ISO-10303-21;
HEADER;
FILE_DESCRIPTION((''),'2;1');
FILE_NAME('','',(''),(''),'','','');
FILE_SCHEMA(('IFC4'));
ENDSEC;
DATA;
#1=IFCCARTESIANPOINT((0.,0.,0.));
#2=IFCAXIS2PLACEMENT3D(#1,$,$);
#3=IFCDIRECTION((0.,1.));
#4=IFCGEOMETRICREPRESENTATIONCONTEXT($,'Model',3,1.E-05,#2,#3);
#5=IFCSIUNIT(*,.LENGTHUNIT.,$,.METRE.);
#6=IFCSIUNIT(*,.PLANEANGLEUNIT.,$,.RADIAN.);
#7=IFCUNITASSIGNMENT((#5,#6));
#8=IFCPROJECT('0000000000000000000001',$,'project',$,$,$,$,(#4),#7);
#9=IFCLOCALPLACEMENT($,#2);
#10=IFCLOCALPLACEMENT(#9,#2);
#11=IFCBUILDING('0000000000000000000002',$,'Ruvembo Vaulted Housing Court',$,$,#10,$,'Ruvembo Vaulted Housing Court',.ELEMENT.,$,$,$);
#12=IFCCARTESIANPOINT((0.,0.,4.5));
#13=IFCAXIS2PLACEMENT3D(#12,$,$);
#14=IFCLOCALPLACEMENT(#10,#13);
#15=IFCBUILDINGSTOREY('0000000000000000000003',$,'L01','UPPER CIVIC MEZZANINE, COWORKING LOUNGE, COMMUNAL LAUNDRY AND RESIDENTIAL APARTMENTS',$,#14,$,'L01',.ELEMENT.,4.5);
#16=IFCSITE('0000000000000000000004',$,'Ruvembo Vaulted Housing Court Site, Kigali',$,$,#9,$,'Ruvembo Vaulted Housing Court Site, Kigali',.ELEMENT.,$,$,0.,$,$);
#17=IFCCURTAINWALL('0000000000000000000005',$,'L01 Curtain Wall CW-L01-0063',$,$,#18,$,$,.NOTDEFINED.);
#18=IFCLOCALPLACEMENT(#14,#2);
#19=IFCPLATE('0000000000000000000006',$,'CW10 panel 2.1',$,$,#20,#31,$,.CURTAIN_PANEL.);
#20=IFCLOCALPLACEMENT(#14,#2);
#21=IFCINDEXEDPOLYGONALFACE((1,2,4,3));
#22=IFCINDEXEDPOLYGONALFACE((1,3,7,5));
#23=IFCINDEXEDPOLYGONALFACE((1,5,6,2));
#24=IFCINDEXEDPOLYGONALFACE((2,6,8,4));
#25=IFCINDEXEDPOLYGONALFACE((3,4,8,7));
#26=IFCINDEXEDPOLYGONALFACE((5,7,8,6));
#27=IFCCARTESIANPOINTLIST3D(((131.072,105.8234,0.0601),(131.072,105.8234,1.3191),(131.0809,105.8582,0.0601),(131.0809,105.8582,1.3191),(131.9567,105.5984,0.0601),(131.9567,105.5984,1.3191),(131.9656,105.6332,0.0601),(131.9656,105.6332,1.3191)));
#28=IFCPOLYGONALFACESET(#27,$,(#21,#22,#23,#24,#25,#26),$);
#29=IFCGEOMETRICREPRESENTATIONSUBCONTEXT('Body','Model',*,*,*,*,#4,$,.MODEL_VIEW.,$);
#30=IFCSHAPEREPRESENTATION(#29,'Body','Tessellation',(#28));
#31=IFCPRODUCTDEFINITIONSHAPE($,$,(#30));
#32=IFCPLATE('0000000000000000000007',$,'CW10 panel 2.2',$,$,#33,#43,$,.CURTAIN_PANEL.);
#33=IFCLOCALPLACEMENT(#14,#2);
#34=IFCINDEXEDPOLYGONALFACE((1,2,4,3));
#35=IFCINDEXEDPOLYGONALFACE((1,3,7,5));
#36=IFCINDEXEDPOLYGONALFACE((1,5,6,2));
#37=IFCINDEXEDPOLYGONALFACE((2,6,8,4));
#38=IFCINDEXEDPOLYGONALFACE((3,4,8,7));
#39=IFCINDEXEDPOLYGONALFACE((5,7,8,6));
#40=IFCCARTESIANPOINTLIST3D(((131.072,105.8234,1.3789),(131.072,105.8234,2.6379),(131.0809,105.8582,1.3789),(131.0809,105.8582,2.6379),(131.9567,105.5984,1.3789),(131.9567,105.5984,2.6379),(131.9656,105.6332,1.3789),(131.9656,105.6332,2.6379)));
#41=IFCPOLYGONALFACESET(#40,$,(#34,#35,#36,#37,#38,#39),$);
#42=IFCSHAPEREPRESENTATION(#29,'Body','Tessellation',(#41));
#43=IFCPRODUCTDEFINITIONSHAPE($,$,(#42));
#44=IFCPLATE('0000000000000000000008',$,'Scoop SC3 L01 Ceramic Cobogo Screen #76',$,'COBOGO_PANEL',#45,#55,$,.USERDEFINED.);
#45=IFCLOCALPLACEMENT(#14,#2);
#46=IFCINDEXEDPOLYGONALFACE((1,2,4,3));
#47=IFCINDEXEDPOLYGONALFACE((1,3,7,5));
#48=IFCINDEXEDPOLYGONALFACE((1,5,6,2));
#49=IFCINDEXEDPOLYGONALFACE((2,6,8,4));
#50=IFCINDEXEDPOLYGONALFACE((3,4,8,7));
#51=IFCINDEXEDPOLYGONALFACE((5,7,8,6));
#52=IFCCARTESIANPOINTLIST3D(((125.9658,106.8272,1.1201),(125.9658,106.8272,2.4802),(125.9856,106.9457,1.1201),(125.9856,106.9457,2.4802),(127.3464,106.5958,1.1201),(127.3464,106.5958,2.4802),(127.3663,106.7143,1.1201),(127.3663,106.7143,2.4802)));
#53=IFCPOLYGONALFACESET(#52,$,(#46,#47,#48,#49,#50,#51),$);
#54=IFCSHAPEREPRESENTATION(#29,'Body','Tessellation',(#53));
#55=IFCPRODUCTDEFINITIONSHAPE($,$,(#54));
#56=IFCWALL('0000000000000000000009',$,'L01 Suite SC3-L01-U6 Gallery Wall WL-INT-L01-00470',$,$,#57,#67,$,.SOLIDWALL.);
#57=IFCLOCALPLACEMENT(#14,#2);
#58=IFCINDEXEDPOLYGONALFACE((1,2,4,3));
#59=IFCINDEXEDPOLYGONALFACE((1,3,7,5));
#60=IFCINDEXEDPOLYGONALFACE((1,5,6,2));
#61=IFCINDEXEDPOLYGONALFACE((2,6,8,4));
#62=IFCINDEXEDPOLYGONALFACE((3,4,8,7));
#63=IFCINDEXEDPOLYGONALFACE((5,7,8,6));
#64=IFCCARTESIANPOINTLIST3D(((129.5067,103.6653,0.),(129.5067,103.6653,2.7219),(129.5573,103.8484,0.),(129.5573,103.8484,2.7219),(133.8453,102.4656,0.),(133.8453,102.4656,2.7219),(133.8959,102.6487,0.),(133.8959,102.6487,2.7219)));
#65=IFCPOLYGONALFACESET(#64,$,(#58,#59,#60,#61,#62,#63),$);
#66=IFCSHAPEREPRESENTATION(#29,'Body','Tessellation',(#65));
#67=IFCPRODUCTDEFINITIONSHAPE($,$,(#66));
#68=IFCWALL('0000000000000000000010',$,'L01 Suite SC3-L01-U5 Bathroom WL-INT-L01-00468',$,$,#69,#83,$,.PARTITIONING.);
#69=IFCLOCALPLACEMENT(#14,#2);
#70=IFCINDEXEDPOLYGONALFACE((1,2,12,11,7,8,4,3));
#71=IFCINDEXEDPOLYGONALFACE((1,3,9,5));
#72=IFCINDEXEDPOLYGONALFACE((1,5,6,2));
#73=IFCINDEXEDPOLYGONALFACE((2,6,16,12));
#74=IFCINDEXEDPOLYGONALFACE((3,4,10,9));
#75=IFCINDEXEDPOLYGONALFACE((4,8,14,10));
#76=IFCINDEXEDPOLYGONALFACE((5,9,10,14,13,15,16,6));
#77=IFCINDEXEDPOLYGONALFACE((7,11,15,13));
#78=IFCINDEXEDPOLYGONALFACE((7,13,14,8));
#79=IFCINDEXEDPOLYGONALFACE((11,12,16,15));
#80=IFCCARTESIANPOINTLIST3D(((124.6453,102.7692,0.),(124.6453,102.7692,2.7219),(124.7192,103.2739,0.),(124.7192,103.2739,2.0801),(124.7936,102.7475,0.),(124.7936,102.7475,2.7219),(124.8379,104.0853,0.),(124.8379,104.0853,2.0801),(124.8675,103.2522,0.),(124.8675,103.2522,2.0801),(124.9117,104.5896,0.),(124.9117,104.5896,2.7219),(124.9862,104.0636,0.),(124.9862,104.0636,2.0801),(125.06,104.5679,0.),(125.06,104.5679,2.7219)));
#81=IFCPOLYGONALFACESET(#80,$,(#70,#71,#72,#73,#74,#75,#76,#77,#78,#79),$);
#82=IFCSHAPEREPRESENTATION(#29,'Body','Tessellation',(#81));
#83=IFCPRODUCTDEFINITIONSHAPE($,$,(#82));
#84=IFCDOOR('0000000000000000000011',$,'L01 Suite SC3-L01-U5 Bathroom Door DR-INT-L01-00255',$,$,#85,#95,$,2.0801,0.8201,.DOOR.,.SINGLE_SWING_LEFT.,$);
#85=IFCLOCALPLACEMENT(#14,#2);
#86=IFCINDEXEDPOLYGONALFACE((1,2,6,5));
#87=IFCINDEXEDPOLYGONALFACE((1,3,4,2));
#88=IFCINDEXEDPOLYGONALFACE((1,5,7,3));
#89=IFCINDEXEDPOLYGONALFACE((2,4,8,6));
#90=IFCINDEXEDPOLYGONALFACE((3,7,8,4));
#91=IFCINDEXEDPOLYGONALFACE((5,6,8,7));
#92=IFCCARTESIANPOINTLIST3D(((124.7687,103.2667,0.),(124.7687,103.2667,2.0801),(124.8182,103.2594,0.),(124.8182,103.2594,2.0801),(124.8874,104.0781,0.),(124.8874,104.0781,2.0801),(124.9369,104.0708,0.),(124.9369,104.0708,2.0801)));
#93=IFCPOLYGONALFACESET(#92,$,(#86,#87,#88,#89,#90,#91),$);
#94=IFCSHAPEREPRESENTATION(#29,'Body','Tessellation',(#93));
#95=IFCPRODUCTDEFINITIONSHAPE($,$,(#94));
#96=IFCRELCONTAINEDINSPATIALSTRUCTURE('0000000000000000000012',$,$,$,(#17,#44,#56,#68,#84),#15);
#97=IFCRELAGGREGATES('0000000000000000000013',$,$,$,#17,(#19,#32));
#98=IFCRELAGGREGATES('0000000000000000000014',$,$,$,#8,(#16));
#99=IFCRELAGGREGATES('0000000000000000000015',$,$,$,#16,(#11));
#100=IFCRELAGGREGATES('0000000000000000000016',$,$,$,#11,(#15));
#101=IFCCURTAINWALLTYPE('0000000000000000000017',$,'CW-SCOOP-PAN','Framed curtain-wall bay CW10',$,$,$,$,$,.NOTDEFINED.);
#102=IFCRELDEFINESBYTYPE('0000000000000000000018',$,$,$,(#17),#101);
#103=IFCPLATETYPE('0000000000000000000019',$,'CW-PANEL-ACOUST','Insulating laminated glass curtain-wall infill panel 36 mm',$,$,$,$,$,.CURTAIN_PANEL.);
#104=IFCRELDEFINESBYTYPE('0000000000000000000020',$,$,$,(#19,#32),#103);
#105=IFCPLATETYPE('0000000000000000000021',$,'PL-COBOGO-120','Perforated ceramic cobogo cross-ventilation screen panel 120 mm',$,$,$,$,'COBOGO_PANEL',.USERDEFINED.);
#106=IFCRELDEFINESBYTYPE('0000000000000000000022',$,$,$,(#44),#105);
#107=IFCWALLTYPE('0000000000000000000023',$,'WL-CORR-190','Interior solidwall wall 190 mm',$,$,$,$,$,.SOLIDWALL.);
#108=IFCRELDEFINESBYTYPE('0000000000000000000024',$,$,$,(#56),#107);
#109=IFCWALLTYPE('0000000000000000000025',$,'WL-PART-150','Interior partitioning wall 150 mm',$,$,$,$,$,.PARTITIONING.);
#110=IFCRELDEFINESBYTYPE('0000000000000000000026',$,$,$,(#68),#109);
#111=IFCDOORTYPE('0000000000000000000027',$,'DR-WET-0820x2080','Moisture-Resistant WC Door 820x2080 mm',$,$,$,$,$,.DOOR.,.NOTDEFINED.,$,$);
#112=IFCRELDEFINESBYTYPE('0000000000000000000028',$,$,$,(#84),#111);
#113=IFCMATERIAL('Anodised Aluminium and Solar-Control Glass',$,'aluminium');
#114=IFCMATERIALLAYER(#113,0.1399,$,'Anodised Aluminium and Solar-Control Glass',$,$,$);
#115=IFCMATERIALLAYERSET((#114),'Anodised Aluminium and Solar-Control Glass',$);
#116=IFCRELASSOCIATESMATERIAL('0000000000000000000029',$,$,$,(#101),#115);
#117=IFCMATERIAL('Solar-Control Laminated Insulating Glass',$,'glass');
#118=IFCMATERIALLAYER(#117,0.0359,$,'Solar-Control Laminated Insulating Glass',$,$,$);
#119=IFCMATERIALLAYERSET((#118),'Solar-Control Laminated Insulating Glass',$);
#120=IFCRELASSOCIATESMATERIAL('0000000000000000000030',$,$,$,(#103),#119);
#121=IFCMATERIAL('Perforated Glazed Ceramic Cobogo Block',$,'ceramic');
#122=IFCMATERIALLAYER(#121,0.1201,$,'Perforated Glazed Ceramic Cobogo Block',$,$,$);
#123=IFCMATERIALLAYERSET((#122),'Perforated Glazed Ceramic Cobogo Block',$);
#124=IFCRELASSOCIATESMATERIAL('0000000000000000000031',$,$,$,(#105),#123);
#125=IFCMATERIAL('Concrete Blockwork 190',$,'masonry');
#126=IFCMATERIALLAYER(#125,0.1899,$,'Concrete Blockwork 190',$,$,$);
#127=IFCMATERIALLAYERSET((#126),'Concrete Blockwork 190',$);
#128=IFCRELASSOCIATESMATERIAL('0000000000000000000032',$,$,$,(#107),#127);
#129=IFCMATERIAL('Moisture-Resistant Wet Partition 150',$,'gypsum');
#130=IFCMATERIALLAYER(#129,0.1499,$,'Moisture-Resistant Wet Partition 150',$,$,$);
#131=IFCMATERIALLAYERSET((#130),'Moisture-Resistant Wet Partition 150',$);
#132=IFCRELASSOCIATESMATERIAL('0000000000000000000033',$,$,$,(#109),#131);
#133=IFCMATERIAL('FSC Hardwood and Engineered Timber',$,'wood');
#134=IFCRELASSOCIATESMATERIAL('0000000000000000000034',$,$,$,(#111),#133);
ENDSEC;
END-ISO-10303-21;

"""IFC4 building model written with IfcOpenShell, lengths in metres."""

from ifc_helpers import new_model, si_unit, direction, frame, frame_2d, origin, origin_2d, place, context, subcontext, project, spatial, rectangle, extrude, material, layer, layer_set, type_object, element, fill, aggregate, save


model = new_model("IFC4")

# Units and contexts
model_context = context("Model", 3, precision=1e-05, world=origin(), true_north=direction((0.0, 1.0)))
body_context = subcontext(model_context, "Body", "Model", "MODEL_VIEW")
ifc_project = project(units=[si_unit("LENGTHUNIT", "METRE"), si_unit("PLANEANGLEUNIT", "RADIAN")], contexts=[model_context])

# Site, building, storey
site_placement = place(None, origin())
site = spatial("IfcSite", under=ifc_project, at=site_placement, Name="Ruvembo Vaulted Housing Court Site, Kigali", LongName="Ruvembo Vaulted Housing Court Site, Kigali", CompositionType="ELEMENT", RefElevation=0.0)
building_placement = place(site_placement, origin())
building = spatial("IfcBuilding", under=site, at=building_placement, Name="Ruvembo Vaulted Housing Court", LongName="Ruvembo Vaulted Housing Court", CompositionType="ELEMENT")
storey_placement = place(building_placement, frame((0.0, 0.0, 4.5)))
storey = spatial("IfcBuildingStorey", under=building, at=storey_placement, Name="L01", Description="UPPER CIVIC MEZZANINE, COWORKING LOUNGE, COMMUNAL LAUNDRY AND RESIDENTIAL APARTMENTS", LongName="L01", CompositionType="ELEMENT", Elevation=4.5)

# Curtain wall, plates
ifc_material_1 = material(Name="Anodised Aluminium and Solar-Control Glass", Category="aluminium")
ifc_layer_1 = layer(ifc_material_1, 0.1399, Name="Anodised Aluminium and Solar-Control Glass")
ifc_layer_set_1 = layer_set([ifc_layer_1], Name="Anodised Aluminium and Solar-Control Glass")
curtain_wall_type = type_object("IfcCurtainWallType", Name="CW-SCOOP-PAN", Description="Framed curtain-wall bay CW10", PredefinedType="NOTDEFINED", material=ifc_layer_set_1)
curtain_wall_placement = place(storey_placement, origin())
curtain_wall = element("IfcCurtainWall", 1, at=curtain_wall_placement, inside=storey, type_object=curtain_wall_type, Name="L01 Curtain Wall CW-L01-0063", PredefinedType="NOTDEFINED")
ifc_material_2 = material(Name="Solar-Control Laminated Insulating Glass", Category="glass")
ifc_layer_2 = layer(ifc_material_2, 0.0359, Name="Solar-Control Laminated Insulating Glass")
ifc_layer_set_2 = layer_set([ifc_layer_2], Name="Solar-Control Laminated Insulating Glass")
plate_type_1 = type_object("IfcPlateType", Name="CW-PANEL-ACOUST", Description="Insulating laminated glass curtain-wall infill panel 36 mm", PredefinedType="CURTAIN_PANEL", material=ifc_layer_set_2)
plate_1_placement = place(storey_placement, frame((131.5188, 105.7283, 0.0601), z_axis=(0.0, 0.0, 1.0), x_axis=(0.969148, -0.246481, 0.0)))
plate_1 = element("IfcPlate", 2, at=plate_1_placement, type_object=plate_type_1, Name="CW10 panel 2.1", PredefinedType="CURTAIN_PANEL", context=body_context, shape_type="SweptSolid", body=[
    extrude(rectangle(XDim=0.9128, YDim=0.0359, at=origin_2d()), origin(), (0.0, 0.0, 1.0), 1.259),
])
plate_2_placement = place(storey_placement, frame((131.5188, 105.7283, 1.3789), z_axis=(0.0, 0.0, 1.0), x_axis=(0.969148, -0.246481, 0.0)))
plate_2 = element("IfcPlate", 3, at=plate_2_placement, type_object=plate_type_1, Name="CW10 panel 2.2", PredefinedType="CURTAIN_PANEL", context=body_context, shape_type="SweptSolid", body=[
    extrude(rectangle(XDim=0.9128, YDim=0.0359, at=origin_2d()), origin(), (0.0, 0.0, 1.0), 1.259),
])
aggregate(curtain_wall, [plate_1, plate_2])

# Plate
ifc_material_3 = material(Name="Perforated Glazed Ceramic Cobogo Block", Category="ceramic")
ifc_layer_3 = layer(ifc_material_3, 0.1201, Name="Perforated Glazed Ceramic Cobogo Block")
ifc_layer_set_3 = layer_set([ifc_layer_3], Name="Perforated Glazed Ceramic Cobogo Block")
plate_type_2 = type_object("IfcPlateType", Name="PL-COBOGO-120", Description="Perforated ceramic cobogo cross-ventilation screen panel 120 mm", ElementType="COBOGO_PANEL", PredefinedType="USERDEFINED", material=ifc_layer_set_3)
plate_3_placement = place(storey_placement, frame((126.666, 106.7708, 1.1201), z_axis=(0.0, 0.0, 1.0), x_axis=(0.986245, -0.165289, 0.0)))
element("IfcPlate", 4, at=plate_3_placement, inside=storey, type_object=plate_type_2, Name="Scoop SC3 L01 Ceramic Cobogo Screen #76", ObjectType="COBOGO_PANEL", PredefinedType="USERDEFINED", context=body_context, shape_type="SweptSolid", body=[
    extrude(rectangle(XDim=1.3999, YDim=0.1201, at=origin_2d()), origin(), (0.0, 0.0, 1.0), 1.3601),
])

# Shared definitions
ifc_material_4 = material(Name="Concrete Blockwork 190", Category="masonry")
ifc_layer_4 = layer(ifc_material_4, 0.1899, Name="Concrete Blockwork 190")
ifc_layer_set_4 = layer_set([ifc_layer_4], Name="Concrete Blockwork 190")
wall_type_1 = type_object("IfcWallType", Name="WL-CORR-190", Description="Interior solidwall wall 190 mm", PredefinedType="SOLIDWALL", material=ifc_layer_set_4)
ifc_material_5 = material(Name="FSC Hardwood and Engineered Timber", Category="wood")

# Wall
wall_1_placement = place(storey_placement, frame((129.532, 103.7568, 0.0), z_axis=(0.0, 0.0, 1.0), x_axis=(0.96383, -0.266516, 0.0)))
element("IfcWall", 5, at=wall_1_placement, inside=storey, type_object=wall_type_1, Name="L01 Suite SC3-L01-U6 Gallery Wall WL-INT-L01-00470", PredefinedType="SOLIDWALL", context=body_context, shape_type="SweptSolid", body=[
    extrude(rectangle(XDim=4.5015, YDim=0.1899, at=frame_2d((2.2507, 0.0))), origin(), (0.0, 0.0, 1.0), 2.7219),
])

# Wall, opening, door
ifc_material_6 = material(Name="Moisture-Resistant Wet Partition 150", Category="gypsum")
ifc_layer_5 = layer(ifc_material_6, 0.1499, Name="Moisture-Resistant Wet Partition 150")
ifc_layer_set_5 = layer_set([ifc_layer_5], Name="Moisture-Resistant Wet Partition 150")
wall_type_2 = type_object("IfcWallType", Name="WL-PART-150", Description="Interior partitioning wall 150 mm", PredefinedType="PARTITIONING", material=ifc_layer_set_5)
wall_2_placement = place(storey_placement, frame((124.7195, 102.7583, 0.0), z_axis=(0.0, 0.0, 1.0), x_axis=(0.144764, 0.989466, 0.0)))
wall_2 = element("IfcWall", 6, at=wall_2_placement, inside=storey, type_object=wall_type_2, Name="L01 Suite SC3-L01-U5 Bathroom WL-INT-L01-00468", PredefinedType="PARTITIONING", context=body_context, shape_type="SweptSolid", body=[
    extrude(rectangle(XDim=1.8398, YDim=0.1499, at=frame_2d((0.9199, 0.0))), origin(), (0.0, 0.0, 1.0), 2.7219),
])
opening_1_placement = place(wall_2_placement, frame((0.51, 0.0, 0.0)))
opening_1 = element("IfcOpeningElement", 7, at=opening_1_placement, cuts=wall_2, PredefinedType="OPENING", context=body_context, shape_type="SweptSolid", body=[
    extrude(rectangle(XDim=0.8201, YDim=2.0801, at=frame_2d((0.4102, 1.04))), frame((0.0, 0.085, 0.0), z_axis=(0.0, -1.0, 0.0), x_axis=(1.0, 0.0, 0.0)), (0.0, 0.0, 1.0), 0.1699),
])
door_type_1 = type_object("IfcDoorType", Name="DR-WET-0820x2080", Description="Moisture-Resistant WC Door 820x2080 mm", OperationType="NOTDEFINED", PredefinedType="DOOR", material=ifc_material_5)
door_1_placement = place(opening_1_placement, origin())
door_1 = element("IfcDoor", 8, at=door_1_placement, inside=storey, type_object=door_type_1, Name="L01 Suite SC3-L01-U5 Bathroom Door DR-INT-L01-00255", OperationType="SINGLE_SWING_LEFT", OverallHeight=2.0801, OverallWidth=0.8201, PredefinedType="DOOR", context=body_context, shape_type="SweptSolid", body=[
    extrude(rectangle(XDim=0.8201, YDim=2.0801, at=frame_2d((0.4102, 1.04))), frame((0.0, 0.0249, 0.0), z_axis=(0.0, -1.0, 0.0), x_axis=(1.0, 0.0, 0.0)), (0.0, 0.0, 1.0), 0.05),
])
fill(opening_1, door_1)

save(model, "model.ifc")
